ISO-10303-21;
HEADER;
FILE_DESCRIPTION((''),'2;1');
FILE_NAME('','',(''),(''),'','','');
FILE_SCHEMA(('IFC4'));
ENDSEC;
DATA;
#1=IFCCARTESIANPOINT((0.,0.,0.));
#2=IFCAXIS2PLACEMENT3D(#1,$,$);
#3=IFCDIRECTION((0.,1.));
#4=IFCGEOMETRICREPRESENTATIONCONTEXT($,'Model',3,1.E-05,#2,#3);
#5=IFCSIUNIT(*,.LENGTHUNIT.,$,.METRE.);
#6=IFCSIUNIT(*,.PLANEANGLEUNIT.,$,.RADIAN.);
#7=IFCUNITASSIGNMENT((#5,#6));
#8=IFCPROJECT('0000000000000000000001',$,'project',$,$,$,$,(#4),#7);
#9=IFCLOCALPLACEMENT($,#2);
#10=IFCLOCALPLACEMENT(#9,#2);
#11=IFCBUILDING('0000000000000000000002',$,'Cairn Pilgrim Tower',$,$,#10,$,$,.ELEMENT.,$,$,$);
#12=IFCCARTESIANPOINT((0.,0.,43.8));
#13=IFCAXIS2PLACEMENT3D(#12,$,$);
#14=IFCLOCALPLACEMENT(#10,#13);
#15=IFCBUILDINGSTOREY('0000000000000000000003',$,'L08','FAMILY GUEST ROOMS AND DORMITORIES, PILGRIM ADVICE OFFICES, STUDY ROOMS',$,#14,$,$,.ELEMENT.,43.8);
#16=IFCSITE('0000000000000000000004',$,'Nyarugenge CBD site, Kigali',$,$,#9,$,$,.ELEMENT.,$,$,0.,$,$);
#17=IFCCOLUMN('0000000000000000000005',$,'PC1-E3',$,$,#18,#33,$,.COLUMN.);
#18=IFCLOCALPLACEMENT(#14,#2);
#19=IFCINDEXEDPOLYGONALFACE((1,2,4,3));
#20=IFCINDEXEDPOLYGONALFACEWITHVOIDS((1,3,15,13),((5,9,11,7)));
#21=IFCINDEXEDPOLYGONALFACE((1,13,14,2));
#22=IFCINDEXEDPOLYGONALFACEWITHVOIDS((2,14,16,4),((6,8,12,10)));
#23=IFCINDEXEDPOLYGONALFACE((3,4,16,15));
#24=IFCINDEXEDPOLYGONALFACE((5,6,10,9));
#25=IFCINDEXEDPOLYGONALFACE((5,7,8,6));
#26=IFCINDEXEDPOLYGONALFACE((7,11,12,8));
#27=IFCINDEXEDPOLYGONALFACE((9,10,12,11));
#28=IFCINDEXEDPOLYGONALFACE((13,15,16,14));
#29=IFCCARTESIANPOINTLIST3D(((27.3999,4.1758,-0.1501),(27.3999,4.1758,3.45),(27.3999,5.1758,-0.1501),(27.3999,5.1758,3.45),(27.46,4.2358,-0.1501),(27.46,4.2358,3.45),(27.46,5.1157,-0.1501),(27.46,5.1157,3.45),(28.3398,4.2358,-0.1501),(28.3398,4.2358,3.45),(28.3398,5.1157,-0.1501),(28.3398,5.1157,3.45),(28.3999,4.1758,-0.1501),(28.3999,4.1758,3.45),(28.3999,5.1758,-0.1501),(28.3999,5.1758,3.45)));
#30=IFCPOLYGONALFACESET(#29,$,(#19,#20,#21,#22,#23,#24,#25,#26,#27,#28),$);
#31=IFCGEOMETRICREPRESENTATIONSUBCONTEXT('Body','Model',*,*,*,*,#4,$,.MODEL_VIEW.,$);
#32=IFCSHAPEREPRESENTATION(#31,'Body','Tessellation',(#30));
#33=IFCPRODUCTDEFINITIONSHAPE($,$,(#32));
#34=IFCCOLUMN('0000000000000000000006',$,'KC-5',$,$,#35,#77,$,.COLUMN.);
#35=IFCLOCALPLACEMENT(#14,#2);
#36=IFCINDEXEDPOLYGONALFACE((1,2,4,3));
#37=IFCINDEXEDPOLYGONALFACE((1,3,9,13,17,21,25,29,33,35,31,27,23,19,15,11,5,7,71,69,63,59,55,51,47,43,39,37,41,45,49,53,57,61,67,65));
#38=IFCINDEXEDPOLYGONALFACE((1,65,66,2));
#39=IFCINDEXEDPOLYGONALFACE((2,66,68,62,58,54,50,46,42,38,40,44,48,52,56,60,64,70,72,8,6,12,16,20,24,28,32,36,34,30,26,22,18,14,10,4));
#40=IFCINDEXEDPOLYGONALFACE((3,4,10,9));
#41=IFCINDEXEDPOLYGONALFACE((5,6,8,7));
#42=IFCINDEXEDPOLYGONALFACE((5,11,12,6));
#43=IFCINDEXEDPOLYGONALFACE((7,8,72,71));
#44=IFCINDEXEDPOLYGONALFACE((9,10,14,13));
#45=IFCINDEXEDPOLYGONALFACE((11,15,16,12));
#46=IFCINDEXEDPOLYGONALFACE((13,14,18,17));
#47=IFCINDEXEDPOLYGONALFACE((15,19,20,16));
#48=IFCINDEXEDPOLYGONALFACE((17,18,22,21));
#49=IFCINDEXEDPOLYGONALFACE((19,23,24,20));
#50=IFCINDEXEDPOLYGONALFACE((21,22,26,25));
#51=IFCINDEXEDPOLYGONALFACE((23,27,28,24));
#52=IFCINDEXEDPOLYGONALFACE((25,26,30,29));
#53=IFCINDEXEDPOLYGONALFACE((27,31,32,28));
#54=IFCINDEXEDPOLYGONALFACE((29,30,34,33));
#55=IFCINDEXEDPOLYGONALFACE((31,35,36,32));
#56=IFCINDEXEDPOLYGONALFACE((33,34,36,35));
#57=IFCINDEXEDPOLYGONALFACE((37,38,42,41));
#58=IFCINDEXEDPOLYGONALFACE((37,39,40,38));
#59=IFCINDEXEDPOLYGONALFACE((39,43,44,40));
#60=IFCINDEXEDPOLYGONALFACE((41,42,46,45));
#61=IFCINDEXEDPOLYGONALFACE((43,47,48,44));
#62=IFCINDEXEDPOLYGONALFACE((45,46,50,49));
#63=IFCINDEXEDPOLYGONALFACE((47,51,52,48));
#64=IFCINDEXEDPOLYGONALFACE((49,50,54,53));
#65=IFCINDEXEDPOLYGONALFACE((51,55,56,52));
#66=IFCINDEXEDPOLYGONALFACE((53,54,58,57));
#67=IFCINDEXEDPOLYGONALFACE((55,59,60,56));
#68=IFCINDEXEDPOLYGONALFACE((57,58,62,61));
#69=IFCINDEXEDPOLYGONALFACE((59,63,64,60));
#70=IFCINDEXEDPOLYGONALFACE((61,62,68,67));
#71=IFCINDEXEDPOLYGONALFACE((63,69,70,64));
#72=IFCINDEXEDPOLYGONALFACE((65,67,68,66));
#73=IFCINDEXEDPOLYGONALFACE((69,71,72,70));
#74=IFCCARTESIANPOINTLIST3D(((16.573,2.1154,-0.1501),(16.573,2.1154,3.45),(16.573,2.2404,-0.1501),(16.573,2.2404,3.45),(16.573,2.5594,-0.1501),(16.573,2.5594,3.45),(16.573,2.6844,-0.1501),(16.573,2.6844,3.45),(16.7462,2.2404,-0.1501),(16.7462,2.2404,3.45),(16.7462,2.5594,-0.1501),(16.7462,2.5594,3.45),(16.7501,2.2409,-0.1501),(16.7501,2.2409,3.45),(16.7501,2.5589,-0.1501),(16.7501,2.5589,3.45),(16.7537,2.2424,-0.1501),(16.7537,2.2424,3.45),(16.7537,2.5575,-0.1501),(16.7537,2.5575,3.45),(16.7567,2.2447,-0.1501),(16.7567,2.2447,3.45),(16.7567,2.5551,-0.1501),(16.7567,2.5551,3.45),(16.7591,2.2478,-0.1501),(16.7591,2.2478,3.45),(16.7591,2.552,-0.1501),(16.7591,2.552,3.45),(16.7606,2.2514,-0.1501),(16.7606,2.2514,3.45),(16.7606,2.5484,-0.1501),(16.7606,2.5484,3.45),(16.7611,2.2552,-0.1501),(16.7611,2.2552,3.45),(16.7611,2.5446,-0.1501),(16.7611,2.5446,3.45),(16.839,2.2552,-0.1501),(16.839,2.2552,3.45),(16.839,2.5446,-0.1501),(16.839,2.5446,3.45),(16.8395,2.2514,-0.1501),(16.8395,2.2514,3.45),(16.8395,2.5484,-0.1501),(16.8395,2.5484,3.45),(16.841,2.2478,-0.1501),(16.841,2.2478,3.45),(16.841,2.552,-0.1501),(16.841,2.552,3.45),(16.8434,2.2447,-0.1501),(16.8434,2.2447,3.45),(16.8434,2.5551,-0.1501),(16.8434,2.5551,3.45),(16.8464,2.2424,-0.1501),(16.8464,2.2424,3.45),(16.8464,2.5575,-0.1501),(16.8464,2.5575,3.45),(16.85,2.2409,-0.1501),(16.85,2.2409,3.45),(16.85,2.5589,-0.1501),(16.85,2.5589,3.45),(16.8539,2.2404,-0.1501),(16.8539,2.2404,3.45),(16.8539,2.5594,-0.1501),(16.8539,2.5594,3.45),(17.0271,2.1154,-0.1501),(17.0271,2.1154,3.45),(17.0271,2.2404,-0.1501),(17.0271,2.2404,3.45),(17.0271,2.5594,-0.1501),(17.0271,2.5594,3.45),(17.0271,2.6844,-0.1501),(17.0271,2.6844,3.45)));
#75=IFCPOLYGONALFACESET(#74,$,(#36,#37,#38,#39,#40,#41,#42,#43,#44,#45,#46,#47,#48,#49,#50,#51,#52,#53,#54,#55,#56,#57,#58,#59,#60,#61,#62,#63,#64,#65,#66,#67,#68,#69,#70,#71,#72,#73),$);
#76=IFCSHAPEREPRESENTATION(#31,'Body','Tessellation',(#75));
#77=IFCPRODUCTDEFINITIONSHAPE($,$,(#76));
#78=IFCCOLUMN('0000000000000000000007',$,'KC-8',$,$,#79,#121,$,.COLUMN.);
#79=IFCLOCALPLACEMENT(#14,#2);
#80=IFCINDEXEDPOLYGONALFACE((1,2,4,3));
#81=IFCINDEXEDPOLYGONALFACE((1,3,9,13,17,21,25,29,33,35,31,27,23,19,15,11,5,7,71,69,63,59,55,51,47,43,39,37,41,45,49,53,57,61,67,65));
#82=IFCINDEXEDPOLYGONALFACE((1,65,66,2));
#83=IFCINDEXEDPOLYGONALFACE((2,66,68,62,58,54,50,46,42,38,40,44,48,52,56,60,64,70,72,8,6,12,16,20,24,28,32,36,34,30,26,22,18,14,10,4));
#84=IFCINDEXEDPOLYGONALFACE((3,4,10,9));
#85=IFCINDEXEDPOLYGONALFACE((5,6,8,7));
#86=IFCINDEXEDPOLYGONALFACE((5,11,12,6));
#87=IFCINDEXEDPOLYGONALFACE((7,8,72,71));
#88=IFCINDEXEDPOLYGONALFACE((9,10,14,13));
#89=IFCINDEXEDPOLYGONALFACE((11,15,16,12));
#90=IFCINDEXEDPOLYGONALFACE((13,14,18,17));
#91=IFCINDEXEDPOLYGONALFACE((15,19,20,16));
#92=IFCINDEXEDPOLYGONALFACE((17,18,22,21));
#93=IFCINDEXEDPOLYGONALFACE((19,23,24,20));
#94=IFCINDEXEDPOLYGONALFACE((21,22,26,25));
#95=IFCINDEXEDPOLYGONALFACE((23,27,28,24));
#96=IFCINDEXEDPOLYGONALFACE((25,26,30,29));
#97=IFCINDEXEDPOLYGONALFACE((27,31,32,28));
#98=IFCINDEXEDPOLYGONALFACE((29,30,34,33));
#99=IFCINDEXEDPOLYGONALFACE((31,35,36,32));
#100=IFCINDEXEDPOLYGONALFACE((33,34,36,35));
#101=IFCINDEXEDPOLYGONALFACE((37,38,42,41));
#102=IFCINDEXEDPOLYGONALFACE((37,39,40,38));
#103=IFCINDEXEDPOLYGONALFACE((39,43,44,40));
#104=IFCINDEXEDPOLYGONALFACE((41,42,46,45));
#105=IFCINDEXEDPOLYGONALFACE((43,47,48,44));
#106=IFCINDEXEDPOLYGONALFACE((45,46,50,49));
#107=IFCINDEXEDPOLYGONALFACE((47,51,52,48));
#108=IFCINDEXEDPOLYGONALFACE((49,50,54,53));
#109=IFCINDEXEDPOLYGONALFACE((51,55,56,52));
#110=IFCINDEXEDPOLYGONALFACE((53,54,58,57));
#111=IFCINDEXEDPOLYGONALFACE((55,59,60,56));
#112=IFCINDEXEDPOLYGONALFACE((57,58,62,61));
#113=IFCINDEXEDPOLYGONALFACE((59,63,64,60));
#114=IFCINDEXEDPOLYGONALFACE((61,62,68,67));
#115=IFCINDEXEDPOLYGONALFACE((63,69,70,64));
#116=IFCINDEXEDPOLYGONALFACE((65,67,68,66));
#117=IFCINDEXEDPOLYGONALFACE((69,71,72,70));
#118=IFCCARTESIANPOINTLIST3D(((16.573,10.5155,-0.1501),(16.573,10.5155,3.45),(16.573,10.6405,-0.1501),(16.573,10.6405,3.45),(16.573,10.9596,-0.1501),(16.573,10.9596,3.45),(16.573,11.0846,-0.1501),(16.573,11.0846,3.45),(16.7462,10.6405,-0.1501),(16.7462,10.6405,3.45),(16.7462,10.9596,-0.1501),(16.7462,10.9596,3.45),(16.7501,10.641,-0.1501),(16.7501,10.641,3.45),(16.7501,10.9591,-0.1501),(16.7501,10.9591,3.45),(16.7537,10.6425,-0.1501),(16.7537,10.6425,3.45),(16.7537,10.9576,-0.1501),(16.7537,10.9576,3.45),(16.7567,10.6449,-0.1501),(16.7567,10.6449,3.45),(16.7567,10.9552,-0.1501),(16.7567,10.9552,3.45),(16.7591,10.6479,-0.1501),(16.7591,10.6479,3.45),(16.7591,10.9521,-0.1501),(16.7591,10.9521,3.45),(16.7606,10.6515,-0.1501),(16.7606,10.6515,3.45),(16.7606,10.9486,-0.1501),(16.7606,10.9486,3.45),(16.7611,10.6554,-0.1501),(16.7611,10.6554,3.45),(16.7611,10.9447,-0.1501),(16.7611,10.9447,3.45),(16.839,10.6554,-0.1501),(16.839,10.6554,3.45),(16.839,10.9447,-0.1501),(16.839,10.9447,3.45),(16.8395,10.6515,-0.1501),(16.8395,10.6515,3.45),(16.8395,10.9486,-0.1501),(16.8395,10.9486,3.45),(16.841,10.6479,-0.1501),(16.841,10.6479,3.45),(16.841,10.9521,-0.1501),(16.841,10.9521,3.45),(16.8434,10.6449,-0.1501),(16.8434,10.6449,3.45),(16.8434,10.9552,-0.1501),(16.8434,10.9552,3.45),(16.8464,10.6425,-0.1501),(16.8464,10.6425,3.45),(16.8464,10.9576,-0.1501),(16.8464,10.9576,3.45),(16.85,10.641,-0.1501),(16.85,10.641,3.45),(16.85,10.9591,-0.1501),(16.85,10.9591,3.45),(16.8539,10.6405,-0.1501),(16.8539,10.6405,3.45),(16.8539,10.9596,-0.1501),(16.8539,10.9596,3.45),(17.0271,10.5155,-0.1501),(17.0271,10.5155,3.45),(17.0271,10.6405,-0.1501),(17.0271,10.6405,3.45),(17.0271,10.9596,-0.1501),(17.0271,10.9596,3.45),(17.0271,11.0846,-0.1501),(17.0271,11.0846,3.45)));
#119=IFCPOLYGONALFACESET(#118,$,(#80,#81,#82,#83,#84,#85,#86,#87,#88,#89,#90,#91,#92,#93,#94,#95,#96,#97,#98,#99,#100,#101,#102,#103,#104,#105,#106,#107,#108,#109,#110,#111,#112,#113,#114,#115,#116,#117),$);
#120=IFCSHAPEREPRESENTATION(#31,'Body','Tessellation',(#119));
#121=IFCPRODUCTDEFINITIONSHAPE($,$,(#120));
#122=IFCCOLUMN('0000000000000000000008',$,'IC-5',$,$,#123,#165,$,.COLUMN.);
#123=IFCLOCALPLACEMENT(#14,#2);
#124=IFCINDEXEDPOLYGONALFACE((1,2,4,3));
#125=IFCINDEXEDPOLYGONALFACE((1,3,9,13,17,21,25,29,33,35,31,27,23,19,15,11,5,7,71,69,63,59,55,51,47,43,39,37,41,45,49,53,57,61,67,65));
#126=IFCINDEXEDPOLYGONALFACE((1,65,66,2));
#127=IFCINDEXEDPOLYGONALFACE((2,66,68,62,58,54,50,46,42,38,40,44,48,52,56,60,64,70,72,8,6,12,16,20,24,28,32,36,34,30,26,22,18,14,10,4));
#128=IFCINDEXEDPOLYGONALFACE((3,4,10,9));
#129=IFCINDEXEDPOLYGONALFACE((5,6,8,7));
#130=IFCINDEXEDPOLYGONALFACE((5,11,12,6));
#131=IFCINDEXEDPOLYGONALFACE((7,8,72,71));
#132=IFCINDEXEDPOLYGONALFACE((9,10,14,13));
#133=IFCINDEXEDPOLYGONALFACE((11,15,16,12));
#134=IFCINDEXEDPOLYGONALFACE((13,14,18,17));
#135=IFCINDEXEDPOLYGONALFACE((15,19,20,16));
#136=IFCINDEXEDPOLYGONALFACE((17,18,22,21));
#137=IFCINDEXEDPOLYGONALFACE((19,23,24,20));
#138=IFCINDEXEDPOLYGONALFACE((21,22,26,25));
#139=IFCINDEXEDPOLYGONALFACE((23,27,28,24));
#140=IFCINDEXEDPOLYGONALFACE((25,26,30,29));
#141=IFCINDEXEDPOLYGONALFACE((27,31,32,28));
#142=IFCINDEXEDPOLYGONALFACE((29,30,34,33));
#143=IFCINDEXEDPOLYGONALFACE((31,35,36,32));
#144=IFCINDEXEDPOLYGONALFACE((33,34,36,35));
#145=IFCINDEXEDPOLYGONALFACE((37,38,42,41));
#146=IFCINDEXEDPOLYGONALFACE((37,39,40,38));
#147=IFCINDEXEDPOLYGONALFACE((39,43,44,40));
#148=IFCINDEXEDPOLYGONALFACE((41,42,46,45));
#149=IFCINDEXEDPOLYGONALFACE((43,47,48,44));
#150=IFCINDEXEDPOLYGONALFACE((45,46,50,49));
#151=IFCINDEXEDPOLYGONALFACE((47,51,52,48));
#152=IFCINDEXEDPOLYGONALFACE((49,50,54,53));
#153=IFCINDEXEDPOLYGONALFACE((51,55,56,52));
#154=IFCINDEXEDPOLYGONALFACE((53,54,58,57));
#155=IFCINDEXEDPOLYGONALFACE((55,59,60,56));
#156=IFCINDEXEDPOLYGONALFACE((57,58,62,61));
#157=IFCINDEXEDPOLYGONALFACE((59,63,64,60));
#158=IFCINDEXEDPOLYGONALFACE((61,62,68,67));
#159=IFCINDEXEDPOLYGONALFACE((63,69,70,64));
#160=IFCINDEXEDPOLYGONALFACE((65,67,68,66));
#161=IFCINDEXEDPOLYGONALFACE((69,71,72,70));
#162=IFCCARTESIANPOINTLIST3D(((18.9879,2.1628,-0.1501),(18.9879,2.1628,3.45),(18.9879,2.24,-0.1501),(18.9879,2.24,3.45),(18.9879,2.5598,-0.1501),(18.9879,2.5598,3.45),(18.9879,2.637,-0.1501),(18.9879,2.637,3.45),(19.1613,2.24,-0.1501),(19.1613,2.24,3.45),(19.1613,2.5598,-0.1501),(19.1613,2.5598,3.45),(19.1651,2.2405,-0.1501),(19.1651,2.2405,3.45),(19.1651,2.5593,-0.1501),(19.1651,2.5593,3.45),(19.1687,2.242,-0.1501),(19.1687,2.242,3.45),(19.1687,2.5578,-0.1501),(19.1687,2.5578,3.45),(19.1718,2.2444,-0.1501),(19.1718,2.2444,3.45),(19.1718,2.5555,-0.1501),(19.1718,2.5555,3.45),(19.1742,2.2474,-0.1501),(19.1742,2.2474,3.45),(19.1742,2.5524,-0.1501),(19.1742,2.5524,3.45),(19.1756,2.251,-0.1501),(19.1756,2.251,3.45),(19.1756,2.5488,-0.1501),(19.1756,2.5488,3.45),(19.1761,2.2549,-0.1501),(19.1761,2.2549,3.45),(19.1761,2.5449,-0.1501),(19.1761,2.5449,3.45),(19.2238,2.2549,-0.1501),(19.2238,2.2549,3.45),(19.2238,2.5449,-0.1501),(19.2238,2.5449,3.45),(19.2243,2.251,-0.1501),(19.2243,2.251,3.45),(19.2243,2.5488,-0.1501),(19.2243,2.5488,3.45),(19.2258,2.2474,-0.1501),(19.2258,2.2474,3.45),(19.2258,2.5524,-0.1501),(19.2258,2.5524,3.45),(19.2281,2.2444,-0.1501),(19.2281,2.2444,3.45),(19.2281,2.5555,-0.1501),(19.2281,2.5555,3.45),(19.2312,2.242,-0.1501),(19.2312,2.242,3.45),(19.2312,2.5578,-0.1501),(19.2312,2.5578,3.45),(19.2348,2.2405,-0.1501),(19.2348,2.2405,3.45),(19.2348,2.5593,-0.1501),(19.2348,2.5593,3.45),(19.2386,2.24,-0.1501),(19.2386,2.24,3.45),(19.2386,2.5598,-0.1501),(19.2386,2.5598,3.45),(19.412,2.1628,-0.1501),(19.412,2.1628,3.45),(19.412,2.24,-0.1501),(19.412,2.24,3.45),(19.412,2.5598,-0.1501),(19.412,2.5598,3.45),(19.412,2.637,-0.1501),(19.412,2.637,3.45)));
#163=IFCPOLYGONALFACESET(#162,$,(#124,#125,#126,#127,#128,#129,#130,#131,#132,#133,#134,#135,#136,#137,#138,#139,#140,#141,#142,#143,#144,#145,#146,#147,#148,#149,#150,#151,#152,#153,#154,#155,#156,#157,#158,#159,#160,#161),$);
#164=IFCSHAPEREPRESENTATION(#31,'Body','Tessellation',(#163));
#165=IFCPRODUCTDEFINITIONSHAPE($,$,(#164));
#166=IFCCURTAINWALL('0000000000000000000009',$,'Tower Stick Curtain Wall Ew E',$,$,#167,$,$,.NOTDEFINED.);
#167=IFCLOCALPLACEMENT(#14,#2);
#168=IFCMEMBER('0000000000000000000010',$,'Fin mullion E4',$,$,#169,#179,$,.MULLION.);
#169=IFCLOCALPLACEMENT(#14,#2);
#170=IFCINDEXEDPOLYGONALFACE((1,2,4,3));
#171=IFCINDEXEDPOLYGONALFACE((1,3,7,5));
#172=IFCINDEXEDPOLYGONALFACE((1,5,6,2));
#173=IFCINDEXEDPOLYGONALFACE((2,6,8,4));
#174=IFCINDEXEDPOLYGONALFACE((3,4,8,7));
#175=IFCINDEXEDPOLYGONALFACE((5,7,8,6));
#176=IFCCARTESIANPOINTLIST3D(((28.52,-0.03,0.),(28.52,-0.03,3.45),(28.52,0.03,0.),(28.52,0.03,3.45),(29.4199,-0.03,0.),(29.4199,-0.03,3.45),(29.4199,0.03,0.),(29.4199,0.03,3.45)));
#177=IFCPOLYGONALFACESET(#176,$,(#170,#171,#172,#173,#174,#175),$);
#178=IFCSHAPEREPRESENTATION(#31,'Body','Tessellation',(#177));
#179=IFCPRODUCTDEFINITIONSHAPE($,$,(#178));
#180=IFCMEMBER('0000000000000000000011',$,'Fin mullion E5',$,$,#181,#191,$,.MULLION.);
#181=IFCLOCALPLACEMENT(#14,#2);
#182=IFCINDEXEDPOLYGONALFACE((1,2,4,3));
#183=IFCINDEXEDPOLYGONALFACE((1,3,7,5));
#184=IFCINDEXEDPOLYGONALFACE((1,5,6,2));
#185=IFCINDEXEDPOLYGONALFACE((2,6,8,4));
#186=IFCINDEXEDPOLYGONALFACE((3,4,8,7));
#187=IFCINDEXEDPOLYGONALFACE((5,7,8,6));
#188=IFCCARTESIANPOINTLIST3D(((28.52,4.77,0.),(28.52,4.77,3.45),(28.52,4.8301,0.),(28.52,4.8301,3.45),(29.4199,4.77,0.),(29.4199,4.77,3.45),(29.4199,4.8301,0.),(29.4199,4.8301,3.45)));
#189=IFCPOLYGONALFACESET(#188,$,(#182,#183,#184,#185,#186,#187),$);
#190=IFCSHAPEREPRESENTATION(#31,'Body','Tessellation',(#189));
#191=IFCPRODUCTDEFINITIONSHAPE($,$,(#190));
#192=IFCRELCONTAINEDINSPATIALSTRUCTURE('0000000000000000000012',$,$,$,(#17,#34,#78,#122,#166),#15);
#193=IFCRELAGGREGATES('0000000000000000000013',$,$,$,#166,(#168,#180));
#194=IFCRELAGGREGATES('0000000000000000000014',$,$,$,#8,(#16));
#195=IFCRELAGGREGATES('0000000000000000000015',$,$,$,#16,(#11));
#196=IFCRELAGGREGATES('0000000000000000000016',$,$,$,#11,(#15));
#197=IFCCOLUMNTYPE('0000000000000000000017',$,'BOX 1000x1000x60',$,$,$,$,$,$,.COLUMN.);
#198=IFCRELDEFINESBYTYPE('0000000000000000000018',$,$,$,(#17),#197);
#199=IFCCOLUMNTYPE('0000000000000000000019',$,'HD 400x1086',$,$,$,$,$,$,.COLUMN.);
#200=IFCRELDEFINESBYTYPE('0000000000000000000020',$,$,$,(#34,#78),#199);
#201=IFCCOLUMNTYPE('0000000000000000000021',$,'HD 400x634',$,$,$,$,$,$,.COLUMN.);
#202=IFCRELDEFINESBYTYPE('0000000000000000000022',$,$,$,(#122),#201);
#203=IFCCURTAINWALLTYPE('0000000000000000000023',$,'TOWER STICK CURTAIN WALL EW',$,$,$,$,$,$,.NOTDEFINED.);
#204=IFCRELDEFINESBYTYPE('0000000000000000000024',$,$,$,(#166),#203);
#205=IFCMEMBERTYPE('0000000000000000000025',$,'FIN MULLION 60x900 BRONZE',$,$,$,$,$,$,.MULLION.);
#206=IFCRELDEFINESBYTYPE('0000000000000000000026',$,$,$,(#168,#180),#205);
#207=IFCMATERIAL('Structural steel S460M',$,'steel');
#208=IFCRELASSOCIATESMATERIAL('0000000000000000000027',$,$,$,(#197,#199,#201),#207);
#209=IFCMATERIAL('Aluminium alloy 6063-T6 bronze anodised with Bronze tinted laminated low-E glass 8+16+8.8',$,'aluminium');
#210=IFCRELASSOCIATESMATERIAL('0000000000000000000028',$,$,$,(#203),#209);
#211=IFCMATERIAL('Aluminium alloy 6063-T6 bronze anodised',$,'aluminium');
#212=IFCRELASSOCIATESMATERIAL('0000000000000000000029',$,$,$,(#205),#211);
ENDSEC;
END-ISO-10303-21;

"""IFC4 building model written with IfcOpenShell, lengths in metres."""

from ifc_helpers import new_model, si_unit, direction, frame, origin, origin_2d, place, context, subcontext, project, spatial, rectangle, hollow_rectangle, i_section, extrude, material, material_profile, profile_set, type_object, element, aggregate, save


model = new_model("IFC4")

# Units and contexts
model_context = context("Model", 3, precision=1e-05, world=origin(), true_north=direction((0.0, 1.0)))
body_context = subcontext(model_context, "Body", "Model", "MODEL_VIEW")
ifc_project = project(units=[si_unit("LENGTHUNIT", "METRE"), si_unit("PLANEANGLEUNIT", "RADIAN")], contexts=[model_context])

# Site, building, storey
site_placement = place(None, origin())
site = spatial("IfcSite", under=ifc_project, at=site_placement, Name="Nyarugenge CBD site, Kigali", CompositionType="ELEMENT", RefElevation=0.0)
building_placement = place(site_placement, origin())
building = spatial("IfcBuilding", under=site, at=building_placement, Name="Cairn Pilgrim Tower", CompositionType="ELEMENT")
storey_placement = place(building_placement, frame((0.0, 0.0, 43.8)))
storey = spatial("IfcBuildingStorey", under=building, at=storey_placement, Name="L08", Description="FAMILY GUEST ROOMS AND DORMITORIES, PILGRIM ADVICE OFFICES, STUDY ROOMS", CompositionType="ELEMENT", Elevation=43.8)

# Columns
ifc_material_1 = material(Name="Structural steel S460M", Category="steel")
ifc_material_profile_1 = material_profile(ifc_material_1, hollow_rectangle(XDim=1.0, YDim=1.0, WallThickness=0.0601, at=origin_2d()), Name="BOX 1000x1000x60")
ifc_profile_set_1 = profile_set([ifc_material_profile_1], Name="Structural steel S460M")
column_type_1 = type_object("IfcColumnType", Name="BOX 1000x1000x60", PredefinedType="COLUMN", material=ifc_profile_set_1)
column_1_placement = place(storey_placement, frame((27.8999, 4.6758, -0.1501), z_axis=(0.0, 0.0, 1.0), x_axis=(1.0, 0.0, 0.0)))
element("IfcColumn", 1, at=column_1_placement, inside=storey, type_object=column_type_1, Name="PC1-E3", PredefinedType="COLUMN", context=body_context, shape_type="SweptSolid", body=[
    extrude(hollow_rectangle(XDim=1.0, YDim=1.0, WallThickness=0.0601, at=origin_2d()), origin(), (0.0, 0.0, 1.0), 3.6001),
])
ifc_material_profile_2 = material_profile(ifc_material_1, i_section(OverallWidth=0.4541, OverallDepth=0.5691, WebThickness=0.0779, FlangeThickness=0.125, FilletRadius=0.0149, at=origin_2d()), Name="HD 400x1086")
ifc_profile_set_2 = profile_set([ifc_material_profile_2], Name="Structural steel S460M")
column_type_2 = type_object("IfcColumnType", Name="HD 400x1086", PredefinedType="COLUMN", material=ifc_profile_set_2)
for number, where, z_axis, x_axis, name in (
    (2, (16.8, 2.3999, -0.1501), (0.0, 0.0, 1.0), (1.0, 0.0, 0.0), "KC-5"),
    (3, (16.8, 10.8, -0.1501), (0.0, 0.0, 1.0), (1.0, 0.0, 0.0), "KC-8"),
):
    element("IfcColumn", number, at=place(storey_placement, frame(where, z_axis=z_axis, x_axis=x_axis)), inside=storey, type_object=column_type_2, Name=name, PredefinedType="COLUMN", context=body_context, shape_type="SweptSolid", body=[
        extrude(i_section(OverallWidth=0.4541, OverallDepth=0.5691, WebThickness=0.0779, FlangeThickness=0.125, FilletRadius=0.0149, at=origin_2d()), origin(), (0.0, 0.0, 1.0), 3.6001),
    ])
ifc_material_profile_3 = material_profile(ifc_material_1, i_section(OverallWidth=0.4241, OverallDepth=0.4741, WebThickness=0.0476, FlangeThickness=0.0771, FilletRadius=0.0149, at=origin_2d()), Name="HD 400x634")
ifc_profile_set_3 = profile_set([ifc_material_profile_3], Name="Structural steel S460M")
column_type_3 = type_object("IfcColumnType", Name="HD 400x634", PredefinedType="COLUMN", material=ifc_profile_set_3)
column_2_placement = place(storey_placement, frame((19.2, 2.3999, -0.1501), z_axis=(0.0, 0.0, 1.0), x_axis=(1.0, 0.0, 0.0)))
element("IfcColumn", 4, at=column_2_placement, inside=storey, type_object=column_type_3, Name="IC-5", PredefinedType="COLUMN", context=body_context, shape_type="SweptSolid", body=[
    extrude(i_section(OverallWidth=0.4241, OverallDepth=0.4741, WebThickness=0.0476, FlangeThickness=0.0771, FilletRadius=0.0149, at=origin_2d()), origin(), (0.0, 0.0, 1.0), 3.6001),
])

# Curtain wall, members
ifc_material_2 = material(Name="Aluminium alloy 6063-T6 bronze anodised with Bronze tinted laminated low-E glass 8+16+8.8", Category="aluminium")
curtain_wall_type = type_object("IfcCurtainWallType", Name="TOWER STICK CURTAIN WALL EW", PredefinedType="NOTDEFINED", material=ifc_material_2)
curtain_wall_placement = place(storey_placement, origin())
curtain_wall = element("IfcCurtainWall", 5, at=curtain_wall_placement, inside=storey, type_object=curtain_wall_type, Name="Tower Stick Curtain Wall Ew E", PredefinedType="NOTDEFINED")
ifc_material_3 = material(Name="Aluminium alloy 6063-T6 bronze anodised", Category="aluminium")
ifc_material_profile_4 = material_profile(ifc_material_3, rectangle(XDim=0.8999, YDim=0.0601, at=origin_2d()), Name="FIN MULLION 60x900 BRONZE")
ifc_profile_set_4 = profile_set([ifc_material_profile_4], Name="Aluminium alloy 6063-T6 bronze anodised")
member_type_1 = type_object("IfcMemberType", Name="FIN MULLION 60x900 BRONZE", PredefinedType="MULLION", material=ifc_profile_set_4)
member_1_placement = place(storey_placement, frame((28.97, 0.0, 0.0), z_axis=(0.0, 0.0, 1.0), x_axis=(1.0, 0.0, 0.0)))
member_1 = element("IfcMember", 6, at=member_1_placement, type_object=member_type_1, Name="Fin mullion E4", PredefinedType="MULLION", context=body_context, shape_type="SweptSolid", body=[
    extrude(rectangle(XDim=0.8999, YDim=0.0601, at=origin_2d()), origin(), (0.0, 0.0, 1.0), 3.45),
])
member_2_placement = place(storey_placement, frame((28.97, 4.8, 0.0), z_axis=(0.0, 0.0, 1.0), x_axis=(1.0, 0.0, 0.0)))
member_2 = element("IfcMember", 7, at=member_2_placement, type_object=member_type_1, Name="Fin mullion E5", PredefinedType="MULLION", context=body_context, shape_type="SweptSolid", body=[
    extrude(rectangle(XDim=0.8999, YDim=0.0601, at=origin_2d()), origin(), (0.0, 0.0, 1.0), 3.45),
])

aggregate(curtain_wall, [member_1, member_2])

save(model, "model.ifc")
